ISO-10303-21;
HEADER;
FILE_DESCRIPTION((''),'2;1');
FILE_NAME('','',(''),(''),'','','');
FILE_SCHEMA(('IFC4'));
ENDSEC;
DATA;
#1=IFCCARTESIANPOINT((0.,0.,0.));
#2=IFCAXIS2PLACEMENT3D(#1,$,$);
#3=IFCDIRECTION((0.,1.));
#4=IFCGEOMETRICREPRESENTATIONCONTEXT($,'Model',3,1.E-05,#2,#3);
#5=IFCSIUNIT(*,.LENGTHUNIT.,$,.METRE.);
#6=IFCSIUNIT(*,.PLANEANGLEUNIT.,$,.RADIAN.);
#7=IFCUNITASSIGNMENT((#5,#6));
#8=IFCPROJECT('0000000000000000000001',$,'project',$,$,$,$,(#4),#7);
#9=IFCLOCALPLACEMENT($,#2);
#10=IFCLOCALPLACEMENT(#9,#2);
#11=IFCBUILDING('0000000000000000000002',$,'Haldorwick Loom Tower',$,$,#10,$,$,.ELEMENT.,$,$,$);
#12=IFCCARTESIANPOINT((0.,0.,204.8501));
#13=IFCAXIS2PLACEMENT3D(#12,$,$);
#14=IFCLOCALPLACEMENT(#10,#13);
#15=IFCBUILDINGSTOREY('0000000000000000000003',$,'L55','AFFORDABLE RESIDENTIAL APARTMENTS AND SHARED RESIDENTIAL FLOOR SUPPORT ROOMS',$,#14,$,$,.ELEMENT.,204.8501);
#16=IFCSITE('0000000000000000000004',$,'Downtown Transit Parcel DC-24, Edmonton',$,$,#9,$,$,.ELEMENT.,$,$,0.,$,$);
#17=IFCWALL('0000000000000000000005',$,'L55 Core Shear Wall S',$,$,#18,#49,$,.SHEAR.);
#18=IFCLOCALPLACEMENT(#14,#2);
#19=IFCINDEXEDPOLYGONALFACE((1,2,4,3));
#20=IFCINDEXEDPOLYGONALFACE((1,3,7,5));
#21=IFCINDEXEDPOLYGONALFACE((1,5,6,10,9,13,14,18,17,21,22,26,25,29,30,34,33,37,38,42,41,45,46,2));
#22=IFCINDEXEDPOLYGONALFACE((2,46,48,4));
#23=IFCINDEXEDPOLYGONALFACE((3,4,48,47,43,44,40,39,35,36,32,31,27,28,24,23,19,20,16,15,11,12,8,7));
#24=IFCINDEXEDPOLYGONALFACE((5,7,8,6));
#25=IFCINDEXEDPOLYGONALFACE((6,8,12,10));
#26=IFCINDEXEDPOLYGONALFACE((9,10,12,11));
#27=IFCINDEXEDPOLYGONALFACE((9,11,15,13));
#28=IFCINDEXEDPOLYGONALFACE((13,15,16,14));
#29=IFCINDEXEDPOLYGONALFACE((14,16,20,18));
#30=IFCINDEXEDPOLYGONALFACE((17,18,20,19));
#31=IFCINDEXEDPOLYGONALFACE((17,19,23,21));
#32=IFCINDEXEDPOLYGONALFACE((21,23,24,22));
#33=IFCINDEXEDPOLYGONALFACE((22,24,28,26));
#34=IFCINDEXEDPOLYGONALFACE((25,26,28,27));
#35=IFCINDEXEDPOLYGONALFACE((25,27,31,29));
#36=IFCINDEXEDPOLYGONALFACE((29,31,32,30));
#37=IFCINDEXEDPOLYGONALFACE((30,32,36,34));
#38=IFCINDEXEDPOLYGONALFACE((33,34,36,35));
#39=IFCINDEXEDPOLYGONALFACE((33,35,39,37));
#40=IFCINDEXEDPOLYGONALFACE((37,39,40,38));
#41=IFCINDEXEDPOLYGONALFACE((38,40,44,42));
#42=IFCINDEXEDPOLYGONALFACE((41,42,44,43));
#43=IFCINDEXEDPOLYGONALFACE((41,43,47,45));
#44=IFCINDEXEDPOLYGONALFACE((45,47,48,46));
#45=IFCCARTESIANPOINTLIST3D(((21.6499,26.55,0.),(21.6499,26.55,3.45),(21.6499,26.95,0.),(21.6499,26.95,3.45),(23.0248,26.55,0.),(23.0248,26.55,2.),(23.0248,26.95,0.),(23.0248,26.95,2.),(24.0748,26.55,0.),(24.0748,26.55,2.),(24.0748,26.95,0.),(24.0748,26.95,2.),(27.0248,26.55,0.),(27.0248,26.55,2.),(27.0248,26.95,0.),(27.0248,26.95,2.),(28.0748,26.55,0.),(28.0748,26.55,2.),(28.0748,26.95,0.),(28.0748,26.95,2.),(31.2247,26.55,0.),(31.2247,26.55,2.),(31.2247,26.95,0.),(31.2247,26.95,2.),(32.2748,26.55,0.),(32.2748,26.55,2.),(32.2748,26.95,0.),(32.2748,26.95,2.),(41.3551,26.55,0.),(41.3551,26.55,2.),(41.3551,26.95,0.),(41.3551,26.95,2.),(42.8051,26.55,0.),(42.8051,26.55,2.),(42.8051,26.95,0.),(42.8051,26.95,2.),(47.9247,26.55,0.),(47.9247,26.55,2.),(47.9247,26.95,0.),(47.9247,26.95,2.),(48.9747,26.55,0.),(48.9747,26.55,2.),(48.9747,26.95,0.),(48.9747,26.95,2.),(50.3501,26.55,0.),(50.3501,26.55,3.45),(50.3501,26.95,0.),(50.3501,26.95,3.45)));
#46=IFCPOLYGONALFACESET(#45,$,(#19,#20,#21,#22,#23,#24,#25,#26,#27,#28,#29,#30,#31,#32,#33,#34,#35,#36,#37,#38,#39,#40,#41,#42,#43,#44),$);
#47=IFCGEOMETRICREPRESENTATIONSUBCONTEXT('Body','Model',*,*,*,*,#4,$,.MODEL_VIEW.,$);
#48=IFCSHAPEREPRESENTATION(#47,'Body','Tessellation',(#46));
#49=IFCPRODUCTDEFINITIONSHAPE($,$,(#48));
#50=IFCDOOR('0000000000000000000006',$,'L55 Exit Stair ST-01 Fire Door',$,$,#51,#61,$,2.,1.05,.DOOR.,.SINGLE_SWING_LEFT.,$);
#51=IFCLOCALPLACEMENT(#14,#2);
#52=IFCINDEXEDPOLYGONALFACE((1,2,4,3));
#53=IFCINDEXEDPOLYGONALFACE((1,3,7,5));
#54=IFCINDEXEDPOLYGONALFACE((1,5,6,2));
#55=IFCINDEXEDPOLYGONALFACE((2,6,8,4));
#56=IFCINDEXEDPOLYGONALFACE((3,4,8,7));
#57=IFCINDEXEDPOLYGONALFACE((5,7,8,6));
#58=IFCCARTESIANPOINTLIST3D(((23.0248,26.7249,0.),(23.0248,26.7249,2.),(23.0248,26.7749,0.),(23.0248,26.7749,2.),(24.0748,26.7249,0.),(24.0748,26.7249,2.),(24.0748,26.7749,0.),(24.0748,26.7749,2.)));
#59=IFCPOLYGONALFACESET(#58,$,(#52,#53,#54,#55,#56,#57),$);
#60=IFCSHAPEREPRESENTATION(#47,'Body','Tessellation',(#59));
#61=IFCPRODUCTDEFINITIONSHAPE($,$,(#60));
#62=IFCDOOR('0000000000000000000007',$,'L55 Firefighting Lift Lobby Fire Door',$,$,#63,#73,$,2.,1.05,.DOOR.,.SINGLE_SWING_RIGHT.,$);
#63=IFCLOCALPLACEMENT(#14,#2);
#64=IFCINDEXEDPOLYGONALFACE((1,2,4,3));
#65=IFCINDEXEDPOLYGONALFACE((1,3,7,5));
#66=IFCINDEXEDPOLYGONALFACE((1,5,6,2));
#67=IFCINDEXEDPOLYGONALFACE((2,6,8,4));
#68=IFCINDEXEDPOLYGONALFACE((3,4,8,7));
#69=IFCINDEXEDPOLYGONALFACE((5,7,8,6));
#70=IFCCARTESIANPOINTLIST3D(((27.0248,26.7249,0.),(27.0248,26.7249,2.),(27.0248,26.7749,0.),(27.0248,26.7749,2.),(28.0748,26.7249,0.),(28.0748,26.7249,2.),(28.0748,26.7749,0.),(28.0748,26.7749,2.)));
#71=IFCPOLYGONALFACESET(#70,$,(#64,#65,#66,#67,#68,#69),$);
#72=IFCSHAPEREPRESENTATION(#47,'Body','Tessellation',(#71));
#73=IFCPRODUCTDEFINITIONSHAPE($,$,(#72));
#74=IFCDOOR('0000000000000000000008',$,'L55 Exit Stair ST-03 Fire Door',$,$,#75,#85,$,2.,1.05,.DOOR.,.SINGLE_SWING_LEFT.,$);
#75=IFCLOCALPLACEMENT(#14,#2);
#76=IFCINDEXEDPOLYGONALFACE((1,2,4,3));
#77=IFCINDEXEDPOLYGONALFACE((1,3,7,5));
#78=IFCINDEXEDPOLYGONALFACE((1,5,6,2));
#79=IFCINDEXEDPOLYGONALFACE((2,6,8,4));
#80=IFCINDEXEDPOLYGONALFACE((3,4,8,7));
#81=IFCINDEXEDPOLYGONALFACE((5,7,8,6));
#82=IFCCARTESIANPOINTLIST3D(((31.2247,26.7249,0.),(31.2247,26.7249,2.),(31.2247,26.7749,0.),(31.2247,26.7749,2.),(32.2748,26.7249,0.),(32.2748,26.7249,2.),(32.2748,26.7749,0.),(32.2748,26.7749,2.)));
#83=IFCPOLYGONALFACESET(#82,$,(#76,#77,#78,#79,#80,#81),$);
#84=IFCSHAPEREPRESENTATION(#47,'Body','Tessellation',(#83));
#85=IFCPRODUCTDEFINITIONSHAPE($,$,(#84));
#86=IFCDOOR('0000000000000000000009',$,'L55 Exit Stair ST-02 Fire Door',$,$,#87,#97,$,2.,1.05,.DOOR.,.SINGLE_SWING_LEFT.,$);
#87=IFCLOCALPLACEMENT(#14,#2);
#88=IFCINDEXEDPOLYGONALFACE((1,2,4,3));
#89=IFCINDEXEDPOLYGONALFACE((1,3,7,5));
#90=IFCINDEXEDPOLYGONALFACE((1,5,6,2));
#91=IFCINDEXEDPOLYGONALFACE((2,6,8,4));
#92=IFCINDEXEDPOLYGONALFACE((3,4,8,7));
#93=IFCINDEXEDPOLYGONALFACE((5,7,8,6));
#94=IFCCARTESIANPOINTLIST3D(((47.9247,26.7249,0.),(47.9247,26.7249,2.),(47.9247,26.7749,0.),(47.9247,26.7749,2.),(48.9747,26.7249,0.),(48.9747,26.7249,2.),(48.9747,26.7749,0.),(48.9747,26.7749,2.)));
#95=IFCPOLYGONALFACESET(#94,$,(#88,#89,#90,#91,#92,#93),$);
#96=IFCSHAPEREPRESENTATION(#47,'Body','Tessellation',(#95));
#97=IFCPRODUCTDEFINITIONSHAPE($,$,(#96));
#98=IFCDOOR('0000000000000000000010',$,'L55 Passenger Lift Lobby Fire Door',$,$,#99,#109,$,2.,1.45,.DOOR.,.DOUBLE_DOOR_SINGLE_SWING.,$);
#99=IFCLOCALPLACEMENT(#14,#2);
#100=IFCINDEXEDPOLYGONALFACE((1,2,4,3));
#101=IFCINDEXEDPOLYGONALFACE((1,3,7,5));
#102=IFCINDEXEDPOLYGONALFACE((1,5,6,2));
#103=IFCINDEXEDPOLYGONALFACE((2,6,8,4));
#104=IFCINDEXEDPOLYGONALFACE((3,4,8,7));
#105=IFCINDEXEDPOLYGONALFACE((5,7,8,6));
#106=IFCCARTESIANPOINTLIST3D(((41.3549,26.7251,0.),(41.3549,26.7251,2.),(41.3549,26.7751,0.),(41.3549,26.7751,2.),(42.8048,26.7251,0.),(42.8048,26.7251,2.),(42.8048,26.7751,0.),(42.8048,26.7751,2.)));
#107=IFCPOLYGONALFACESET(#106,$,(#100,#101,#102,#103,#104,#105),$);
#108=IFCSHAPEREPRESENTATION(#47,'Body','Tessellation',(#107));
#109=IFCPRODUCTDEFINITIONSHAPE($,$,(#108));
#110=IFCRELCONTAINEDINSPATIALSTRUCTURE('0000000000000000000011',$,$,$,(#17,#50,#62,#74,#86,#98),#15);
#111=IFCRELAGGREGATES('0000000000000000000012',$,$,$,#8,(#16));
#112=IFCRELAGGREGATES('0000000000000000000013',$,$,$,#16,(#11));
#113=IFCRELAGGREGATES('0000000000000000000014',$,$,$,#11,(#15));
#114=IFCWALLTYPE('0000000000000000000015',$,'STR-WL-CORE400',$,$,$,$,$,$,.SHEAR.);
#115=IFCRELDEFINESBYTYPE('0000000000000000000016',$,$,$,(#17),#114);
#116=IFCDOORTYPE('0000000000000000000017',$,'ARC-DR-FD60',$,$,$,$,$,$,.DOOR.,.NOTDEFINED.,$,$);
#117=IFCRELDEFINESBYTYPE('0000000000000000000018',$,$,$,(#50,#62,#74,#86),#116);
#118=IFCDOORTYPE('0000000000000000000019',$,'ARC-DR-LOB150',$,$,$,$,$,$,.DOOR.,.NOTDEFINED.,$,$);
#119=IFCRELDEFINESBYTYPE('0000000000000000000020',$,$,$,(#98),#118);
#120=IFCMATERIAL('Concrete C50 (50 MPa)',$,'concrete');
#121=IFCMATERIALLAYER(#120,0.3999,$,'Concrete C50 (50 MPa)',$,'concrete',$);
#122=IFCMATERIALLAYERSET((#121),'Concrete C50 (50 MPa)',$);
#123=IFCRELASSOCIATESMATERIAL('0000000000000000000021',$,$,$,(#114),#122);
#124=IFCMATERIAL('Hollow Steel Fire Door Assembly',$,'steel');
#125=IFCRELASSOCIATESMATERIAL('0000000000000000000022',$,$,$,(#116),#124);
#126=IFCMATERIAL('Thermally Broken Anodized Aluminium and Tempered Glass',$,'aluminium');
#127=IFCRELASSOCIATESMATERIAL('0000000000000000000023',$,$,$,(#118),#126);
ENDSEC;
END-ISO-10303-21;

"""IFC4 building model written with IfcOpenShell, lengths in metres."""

from ifc_helpers import new_model, si_unit, direction, frame, frame_2d, origin, place, context, subcontext, project, spatial, rectangle, extrude, material, layer, layer_set, type_object, element, fill, save


model = new_model("IFC4")

# Units and contexts
model_context = context("Model", 3, precision=1e-05, world=origin(), true_north=direction((0.0, 1.0)))
body_context = subcontext(model_context, "Body", "Model", "MODEL_VIEW")
ifc_project = project(units=[si_unit("LENGTHUNIT", "METRE"), si_unit("PLANEANGLEUNIT", "RADIAN")], contexts=[model_context])

# Site, building, storey
site_placement = place(None, origin())
site = spatial("IfcSite", under=ifc_project, at=site_placement, Name="Downtown Transit Parcel DC-24, Edmonton", CompositionType="ELEMENT", RefElevation=0.0)
building_placement = place(site_placement, origin())
building = spatial("IfcBuilding", under=site, at=building_placement, Name="Haldorwick Loom Tower", CompositionType="ELEMENT")
storey_placement = place(building_placement, frame((0.0, 0.0, 204.8501)))
storey = spatial("IfcBuildingStorey", under=building, at=storey_placement, Name="L55", Description="AFFORDABLE RESIDENTIAL APARTMENTS AND SHARED RESIDENTIAL FLOOR SUPPORT ROOMS", CompositionType="ELEMENT", Elevation=204.8501)

# Shared definitions
ifc_material_1 = material(Name="Concrete C50 (50 MPa)", Category="concrete")

# Shared definitions
ifc_material_2 = material(Name="Hollow Steel Fire Door Assembly", Category="steel")

# Wall, openings, doors
ifc_layer_1 = layer(ifc_material_1, 0.3999, Name="Concrete C50 (50 MPa)", Category="concrete")
ifc_layer_set_1 = layer_set([ifc_layer_1], Name="Concrete C50 (50 MPa)")
wall_type_1 = type_object("IfcWallType", Name="STR-WL-CORE400", PredefinedType="SHEAR", material=ifc_layer_set_1)
wall_1_placement = place(storey_placement, frame((21.6499, 26.75, 0.0), z_axis=(0.0, 0.0, 1.0), x_axis=(1.0, 0.0, 0.0)))
wall_1 = element("IfcWall", 1, at=wall_1_placement, inside=storey, type_object=wall_type_1, Name="L55 Core Shear Wall S", PredefinedType="SHEAR", context=body_context, shape_type="SweptSolid", body=[
    extrude(rectangle(XDim=28.7002, YDim=0.3999, at=frame_2d((14.3501, 0.0))), origin(), (0.0, 0.0, 1.0), 3.45),
])
opening_1_placement = place(wall_1_placement, frame((1.375, 0.0, 0.0)))
opening_1 = element("IfcOpeningElement", 2, at=opening_1_placement, cuts=wall_1, PredefinedType="OPENING", context=body_context, shape_type="SweptSolid", body=[
    extrude(rectangle(XDim=1.05, YDim=2.0, at=frame_2d((0.5249, 1.0))), frame((0.0, 0.21, 0.0), z_axis=(0.0, -1.0, 0.0), x_axis=(1.0, 0.0, 0.0)), (0.0, 0.0, 1.0), 0.4199),
])
opening_2_placement = place(wall_1_placement, frame((5.375, 0.0, 0.0)))
opening_2 = element("IfcOpeningElement", 3, at=opening_2_placement, cuts=wall_1, PredefinedType="OPENING", context=body_context, shape_type="SweptSolid", body=[
    extrude(rectangle(XDim=1.05, YDim=2.0, at=frame_2d((0.5249, 1.0))), frame((0.0, 0.21, 0.0), z_axis=(0.0, -1.0, 0.0), x_axis=(1.0, 0.0, 0.0)), (0.0, 0.0, 1.0), 0.4199),
])
opening_3_placement = place(wall_1_placement, frame((9.575, 0.0, 0.0)))
opening_3 = element("IfcOpeningElement", 4, at=opening_3_placement, cuts=wall_1, PredefinedType="OPENING", context=body_context, shape_type="SweptSolid", body=[
    extrude(rectangle(XDim=1.05, YDim=2.0, at=frame_2d((0.5249, 1.0))), frame((0.0, 0.21, 0.0), z_axis=(0.0, -1.0, 0.0), x_axis=(1.0, 0.0, 0.0)), (0.0, 0.0, 1.0), 0.4199),
])
opening_4_placement = place(wall_1_placement, frame((19.7051, 0.0, 0.0)))
opening_4 = element("IfcOpeningElement", 5, at=opening_4_placement, cuts=wall_1, PredefinedType="OPENING", context=body_context, shape_type="SweptSolid", body=[
    extrude(rectangle(XDim=1.45, YDim=2.0, at=frame_2d((0.7251, 1.0))), frame((0.0, 0.21, 0.0), z_axis=(0.0, -1.0, 0.0), x_axis=(1.0, 0.0, 0.0)), (0.0, 0.0, 1.0), 0.4199),
])
opening_5_placement = place(wall_1_placement, frame((26.2749, 0.0, 0.0)))
opening_5 = element("IfcOpeningElement", 6, at=opening_5_placement, cuts=wall_1, PredefinedType="OPENING", context=body_context, shape_type="SweptSolid", body=[
    extrude(rectangle(XDim=1.05, YDim=2.0, at=frame_2d((0.5249, 1.0))), frame((0.0, 0.21, 0.0), z_axis=(0.0, -1.0, 0.0), x_axis=(1.0, 0.0, 0.0)), (0.0, 0.0, 1.0), 0.4199),
])
door_type_1 = type_object("IfcDoorType", Name="ARC-DR-FD60", OperationType="NOTDEFINED", PredefinedType="DOOR", material=ifc_material_2)
door_1_placement = place(opening_1_placement, origin())
door_1 = element("IfcDoor", 7, at=door_1_placement, inside=storey, type_object=door_type_1, Name="L55 Exit Stair ST-01 Fire Door", OperationType="SINGLE_SWING_LEFT", OverallHeight=2.0, OverallWidth=1.05, PredefinedType="DOOR", context=body_context, shape_type="SweptSolid", body=[
    extrude(rectangle(XDim=1.05, YDim=2.0, at=frame_2d((0.5249, 1.0))), frame((0.0, 0.0249, 0.0), z_axis=(0.0, -1.0, 0.0), x_axis=(1.0, 0.0, 0.0)), (0.0, 0.0, 1.0), 0.05),
])
fill(opening_1, door_1)
door_2_placement = place(opening_2_placement, origin())
door_2 = element("IfcDoor", 8, at=door_2_placement, inside=storey, type_object=door_type_1, Name="L55 Firefighting Lift Lobby Fire Door", OperationType="SINGLE_SWING_RIGHT", OverallHeight=2.0, OverallWidth=1.05, PredefinedType="DOOR", context=body_context, shape_type="SweptSolid", body=[
    extrude(rectangle(XDim=1.05, YDim=2.0, at=frame_2d((0.5249, 1.0))), frame((0.0, 0.0249, 0.0), z_axis=(0.0, -1.0, 0.0), x_axis=(1.0, 0.0, 0.0)), (0.0, 0.0, 1.0), 0.05),
])
fill(opening_2, door_2)
door_3_placement = place(opening_3_placement, origin())
door_3 = element("IfcDoor", 9, at=door_3_placement, inside=storey, type_object=door_type_1, Name="L55 Exit Stair ST-03 Fire Door", OperationType="SINGLE_SWING_LEFT", OverallHeight=2.0, OverallWidth=1.05, PredefinedType="DOOR", context=body_context, shape_type="SweptSolid", body=[
    extrude(rectangle(XDim=1.05, YDim=2.0, at=frame_2d((0.5249, 1.0))), frame((0.0, 0.0249, 0.0), z_axis=(0.0, -1.0, 0.0), x_axis=(1.0, 0.0, 0.0)), (0.0, 0.0, 1.0), 0.05),
])
fill(opening_3, door_3)
door_4_placement = place(opening_5_placement, origin())
door_4 = element("IfcDoor", 10, at=door_4_placement, inside=storey, type_object=door_type_1, Name="L55 Exit Stair ST-02 Fire Door", OperationType="SINGLE_SWING_LEFT", OverallHeight=2.0, OverallWidth=1.05, PredefinedType="DOOR", context=body_context, shape_type="SweptSolid", body=[
    extrude(rectangle(XDim=1.05, YDim=2.0, at=frame_2d((0.5249, 1.0))), frame((0.0, 0.0249, 0.0), z_axis=(0.0, -1.0, 0.0), x_axis=(1.0, 0.0, 0.0)), (0.0, 0.0, 1.0), 0.05),
])
fill(opening_5, door_4)
ifc_material_3 = material(Name="Thermally Broken Anodized Aluminium and Tempered Glass", Category="aluminium")
door_type_2 = type_object("IfcDoorType", Name="ARC-DR-LOB150", OperationType="NOTDEFINED", PredefinedType="DOOR", material=ifc_material_3)
door_5_placement = place(opening_4_placement, frame((1.45, 0.0, 0.0), z_axis=(0.0, 0.0, 1.0), x_axis=(-1.0, 0.0, 0.0)))
door_5 = element("IfcDoor", 11, at=door_5_placement, inside=storey, type_object=door_type_2, Name="L55 Passenger Lift Lobby Fire Door", OperationType="DOUBLE_DOOR_SINGLE_SWING", OverallHeight=2.0, OverallWidth=1.45, PredefinedType="DOOR", context=body_context, shape_type="SweptSolid", body=[
    extrude(rectangle(XDim=1.45, YDim=2.0, at=frame_2d((0.7251, 1.0))), frame((0.0, 0.0249, 0.0), z_axis=(0.0, -1.0, 0.0), x_axis=(1.0, 0.0, 0.0)), (0.0, 0.0, 1.0), 0.05),
])
fill(opening_4, door_5)

save(model, "model.ifc")
